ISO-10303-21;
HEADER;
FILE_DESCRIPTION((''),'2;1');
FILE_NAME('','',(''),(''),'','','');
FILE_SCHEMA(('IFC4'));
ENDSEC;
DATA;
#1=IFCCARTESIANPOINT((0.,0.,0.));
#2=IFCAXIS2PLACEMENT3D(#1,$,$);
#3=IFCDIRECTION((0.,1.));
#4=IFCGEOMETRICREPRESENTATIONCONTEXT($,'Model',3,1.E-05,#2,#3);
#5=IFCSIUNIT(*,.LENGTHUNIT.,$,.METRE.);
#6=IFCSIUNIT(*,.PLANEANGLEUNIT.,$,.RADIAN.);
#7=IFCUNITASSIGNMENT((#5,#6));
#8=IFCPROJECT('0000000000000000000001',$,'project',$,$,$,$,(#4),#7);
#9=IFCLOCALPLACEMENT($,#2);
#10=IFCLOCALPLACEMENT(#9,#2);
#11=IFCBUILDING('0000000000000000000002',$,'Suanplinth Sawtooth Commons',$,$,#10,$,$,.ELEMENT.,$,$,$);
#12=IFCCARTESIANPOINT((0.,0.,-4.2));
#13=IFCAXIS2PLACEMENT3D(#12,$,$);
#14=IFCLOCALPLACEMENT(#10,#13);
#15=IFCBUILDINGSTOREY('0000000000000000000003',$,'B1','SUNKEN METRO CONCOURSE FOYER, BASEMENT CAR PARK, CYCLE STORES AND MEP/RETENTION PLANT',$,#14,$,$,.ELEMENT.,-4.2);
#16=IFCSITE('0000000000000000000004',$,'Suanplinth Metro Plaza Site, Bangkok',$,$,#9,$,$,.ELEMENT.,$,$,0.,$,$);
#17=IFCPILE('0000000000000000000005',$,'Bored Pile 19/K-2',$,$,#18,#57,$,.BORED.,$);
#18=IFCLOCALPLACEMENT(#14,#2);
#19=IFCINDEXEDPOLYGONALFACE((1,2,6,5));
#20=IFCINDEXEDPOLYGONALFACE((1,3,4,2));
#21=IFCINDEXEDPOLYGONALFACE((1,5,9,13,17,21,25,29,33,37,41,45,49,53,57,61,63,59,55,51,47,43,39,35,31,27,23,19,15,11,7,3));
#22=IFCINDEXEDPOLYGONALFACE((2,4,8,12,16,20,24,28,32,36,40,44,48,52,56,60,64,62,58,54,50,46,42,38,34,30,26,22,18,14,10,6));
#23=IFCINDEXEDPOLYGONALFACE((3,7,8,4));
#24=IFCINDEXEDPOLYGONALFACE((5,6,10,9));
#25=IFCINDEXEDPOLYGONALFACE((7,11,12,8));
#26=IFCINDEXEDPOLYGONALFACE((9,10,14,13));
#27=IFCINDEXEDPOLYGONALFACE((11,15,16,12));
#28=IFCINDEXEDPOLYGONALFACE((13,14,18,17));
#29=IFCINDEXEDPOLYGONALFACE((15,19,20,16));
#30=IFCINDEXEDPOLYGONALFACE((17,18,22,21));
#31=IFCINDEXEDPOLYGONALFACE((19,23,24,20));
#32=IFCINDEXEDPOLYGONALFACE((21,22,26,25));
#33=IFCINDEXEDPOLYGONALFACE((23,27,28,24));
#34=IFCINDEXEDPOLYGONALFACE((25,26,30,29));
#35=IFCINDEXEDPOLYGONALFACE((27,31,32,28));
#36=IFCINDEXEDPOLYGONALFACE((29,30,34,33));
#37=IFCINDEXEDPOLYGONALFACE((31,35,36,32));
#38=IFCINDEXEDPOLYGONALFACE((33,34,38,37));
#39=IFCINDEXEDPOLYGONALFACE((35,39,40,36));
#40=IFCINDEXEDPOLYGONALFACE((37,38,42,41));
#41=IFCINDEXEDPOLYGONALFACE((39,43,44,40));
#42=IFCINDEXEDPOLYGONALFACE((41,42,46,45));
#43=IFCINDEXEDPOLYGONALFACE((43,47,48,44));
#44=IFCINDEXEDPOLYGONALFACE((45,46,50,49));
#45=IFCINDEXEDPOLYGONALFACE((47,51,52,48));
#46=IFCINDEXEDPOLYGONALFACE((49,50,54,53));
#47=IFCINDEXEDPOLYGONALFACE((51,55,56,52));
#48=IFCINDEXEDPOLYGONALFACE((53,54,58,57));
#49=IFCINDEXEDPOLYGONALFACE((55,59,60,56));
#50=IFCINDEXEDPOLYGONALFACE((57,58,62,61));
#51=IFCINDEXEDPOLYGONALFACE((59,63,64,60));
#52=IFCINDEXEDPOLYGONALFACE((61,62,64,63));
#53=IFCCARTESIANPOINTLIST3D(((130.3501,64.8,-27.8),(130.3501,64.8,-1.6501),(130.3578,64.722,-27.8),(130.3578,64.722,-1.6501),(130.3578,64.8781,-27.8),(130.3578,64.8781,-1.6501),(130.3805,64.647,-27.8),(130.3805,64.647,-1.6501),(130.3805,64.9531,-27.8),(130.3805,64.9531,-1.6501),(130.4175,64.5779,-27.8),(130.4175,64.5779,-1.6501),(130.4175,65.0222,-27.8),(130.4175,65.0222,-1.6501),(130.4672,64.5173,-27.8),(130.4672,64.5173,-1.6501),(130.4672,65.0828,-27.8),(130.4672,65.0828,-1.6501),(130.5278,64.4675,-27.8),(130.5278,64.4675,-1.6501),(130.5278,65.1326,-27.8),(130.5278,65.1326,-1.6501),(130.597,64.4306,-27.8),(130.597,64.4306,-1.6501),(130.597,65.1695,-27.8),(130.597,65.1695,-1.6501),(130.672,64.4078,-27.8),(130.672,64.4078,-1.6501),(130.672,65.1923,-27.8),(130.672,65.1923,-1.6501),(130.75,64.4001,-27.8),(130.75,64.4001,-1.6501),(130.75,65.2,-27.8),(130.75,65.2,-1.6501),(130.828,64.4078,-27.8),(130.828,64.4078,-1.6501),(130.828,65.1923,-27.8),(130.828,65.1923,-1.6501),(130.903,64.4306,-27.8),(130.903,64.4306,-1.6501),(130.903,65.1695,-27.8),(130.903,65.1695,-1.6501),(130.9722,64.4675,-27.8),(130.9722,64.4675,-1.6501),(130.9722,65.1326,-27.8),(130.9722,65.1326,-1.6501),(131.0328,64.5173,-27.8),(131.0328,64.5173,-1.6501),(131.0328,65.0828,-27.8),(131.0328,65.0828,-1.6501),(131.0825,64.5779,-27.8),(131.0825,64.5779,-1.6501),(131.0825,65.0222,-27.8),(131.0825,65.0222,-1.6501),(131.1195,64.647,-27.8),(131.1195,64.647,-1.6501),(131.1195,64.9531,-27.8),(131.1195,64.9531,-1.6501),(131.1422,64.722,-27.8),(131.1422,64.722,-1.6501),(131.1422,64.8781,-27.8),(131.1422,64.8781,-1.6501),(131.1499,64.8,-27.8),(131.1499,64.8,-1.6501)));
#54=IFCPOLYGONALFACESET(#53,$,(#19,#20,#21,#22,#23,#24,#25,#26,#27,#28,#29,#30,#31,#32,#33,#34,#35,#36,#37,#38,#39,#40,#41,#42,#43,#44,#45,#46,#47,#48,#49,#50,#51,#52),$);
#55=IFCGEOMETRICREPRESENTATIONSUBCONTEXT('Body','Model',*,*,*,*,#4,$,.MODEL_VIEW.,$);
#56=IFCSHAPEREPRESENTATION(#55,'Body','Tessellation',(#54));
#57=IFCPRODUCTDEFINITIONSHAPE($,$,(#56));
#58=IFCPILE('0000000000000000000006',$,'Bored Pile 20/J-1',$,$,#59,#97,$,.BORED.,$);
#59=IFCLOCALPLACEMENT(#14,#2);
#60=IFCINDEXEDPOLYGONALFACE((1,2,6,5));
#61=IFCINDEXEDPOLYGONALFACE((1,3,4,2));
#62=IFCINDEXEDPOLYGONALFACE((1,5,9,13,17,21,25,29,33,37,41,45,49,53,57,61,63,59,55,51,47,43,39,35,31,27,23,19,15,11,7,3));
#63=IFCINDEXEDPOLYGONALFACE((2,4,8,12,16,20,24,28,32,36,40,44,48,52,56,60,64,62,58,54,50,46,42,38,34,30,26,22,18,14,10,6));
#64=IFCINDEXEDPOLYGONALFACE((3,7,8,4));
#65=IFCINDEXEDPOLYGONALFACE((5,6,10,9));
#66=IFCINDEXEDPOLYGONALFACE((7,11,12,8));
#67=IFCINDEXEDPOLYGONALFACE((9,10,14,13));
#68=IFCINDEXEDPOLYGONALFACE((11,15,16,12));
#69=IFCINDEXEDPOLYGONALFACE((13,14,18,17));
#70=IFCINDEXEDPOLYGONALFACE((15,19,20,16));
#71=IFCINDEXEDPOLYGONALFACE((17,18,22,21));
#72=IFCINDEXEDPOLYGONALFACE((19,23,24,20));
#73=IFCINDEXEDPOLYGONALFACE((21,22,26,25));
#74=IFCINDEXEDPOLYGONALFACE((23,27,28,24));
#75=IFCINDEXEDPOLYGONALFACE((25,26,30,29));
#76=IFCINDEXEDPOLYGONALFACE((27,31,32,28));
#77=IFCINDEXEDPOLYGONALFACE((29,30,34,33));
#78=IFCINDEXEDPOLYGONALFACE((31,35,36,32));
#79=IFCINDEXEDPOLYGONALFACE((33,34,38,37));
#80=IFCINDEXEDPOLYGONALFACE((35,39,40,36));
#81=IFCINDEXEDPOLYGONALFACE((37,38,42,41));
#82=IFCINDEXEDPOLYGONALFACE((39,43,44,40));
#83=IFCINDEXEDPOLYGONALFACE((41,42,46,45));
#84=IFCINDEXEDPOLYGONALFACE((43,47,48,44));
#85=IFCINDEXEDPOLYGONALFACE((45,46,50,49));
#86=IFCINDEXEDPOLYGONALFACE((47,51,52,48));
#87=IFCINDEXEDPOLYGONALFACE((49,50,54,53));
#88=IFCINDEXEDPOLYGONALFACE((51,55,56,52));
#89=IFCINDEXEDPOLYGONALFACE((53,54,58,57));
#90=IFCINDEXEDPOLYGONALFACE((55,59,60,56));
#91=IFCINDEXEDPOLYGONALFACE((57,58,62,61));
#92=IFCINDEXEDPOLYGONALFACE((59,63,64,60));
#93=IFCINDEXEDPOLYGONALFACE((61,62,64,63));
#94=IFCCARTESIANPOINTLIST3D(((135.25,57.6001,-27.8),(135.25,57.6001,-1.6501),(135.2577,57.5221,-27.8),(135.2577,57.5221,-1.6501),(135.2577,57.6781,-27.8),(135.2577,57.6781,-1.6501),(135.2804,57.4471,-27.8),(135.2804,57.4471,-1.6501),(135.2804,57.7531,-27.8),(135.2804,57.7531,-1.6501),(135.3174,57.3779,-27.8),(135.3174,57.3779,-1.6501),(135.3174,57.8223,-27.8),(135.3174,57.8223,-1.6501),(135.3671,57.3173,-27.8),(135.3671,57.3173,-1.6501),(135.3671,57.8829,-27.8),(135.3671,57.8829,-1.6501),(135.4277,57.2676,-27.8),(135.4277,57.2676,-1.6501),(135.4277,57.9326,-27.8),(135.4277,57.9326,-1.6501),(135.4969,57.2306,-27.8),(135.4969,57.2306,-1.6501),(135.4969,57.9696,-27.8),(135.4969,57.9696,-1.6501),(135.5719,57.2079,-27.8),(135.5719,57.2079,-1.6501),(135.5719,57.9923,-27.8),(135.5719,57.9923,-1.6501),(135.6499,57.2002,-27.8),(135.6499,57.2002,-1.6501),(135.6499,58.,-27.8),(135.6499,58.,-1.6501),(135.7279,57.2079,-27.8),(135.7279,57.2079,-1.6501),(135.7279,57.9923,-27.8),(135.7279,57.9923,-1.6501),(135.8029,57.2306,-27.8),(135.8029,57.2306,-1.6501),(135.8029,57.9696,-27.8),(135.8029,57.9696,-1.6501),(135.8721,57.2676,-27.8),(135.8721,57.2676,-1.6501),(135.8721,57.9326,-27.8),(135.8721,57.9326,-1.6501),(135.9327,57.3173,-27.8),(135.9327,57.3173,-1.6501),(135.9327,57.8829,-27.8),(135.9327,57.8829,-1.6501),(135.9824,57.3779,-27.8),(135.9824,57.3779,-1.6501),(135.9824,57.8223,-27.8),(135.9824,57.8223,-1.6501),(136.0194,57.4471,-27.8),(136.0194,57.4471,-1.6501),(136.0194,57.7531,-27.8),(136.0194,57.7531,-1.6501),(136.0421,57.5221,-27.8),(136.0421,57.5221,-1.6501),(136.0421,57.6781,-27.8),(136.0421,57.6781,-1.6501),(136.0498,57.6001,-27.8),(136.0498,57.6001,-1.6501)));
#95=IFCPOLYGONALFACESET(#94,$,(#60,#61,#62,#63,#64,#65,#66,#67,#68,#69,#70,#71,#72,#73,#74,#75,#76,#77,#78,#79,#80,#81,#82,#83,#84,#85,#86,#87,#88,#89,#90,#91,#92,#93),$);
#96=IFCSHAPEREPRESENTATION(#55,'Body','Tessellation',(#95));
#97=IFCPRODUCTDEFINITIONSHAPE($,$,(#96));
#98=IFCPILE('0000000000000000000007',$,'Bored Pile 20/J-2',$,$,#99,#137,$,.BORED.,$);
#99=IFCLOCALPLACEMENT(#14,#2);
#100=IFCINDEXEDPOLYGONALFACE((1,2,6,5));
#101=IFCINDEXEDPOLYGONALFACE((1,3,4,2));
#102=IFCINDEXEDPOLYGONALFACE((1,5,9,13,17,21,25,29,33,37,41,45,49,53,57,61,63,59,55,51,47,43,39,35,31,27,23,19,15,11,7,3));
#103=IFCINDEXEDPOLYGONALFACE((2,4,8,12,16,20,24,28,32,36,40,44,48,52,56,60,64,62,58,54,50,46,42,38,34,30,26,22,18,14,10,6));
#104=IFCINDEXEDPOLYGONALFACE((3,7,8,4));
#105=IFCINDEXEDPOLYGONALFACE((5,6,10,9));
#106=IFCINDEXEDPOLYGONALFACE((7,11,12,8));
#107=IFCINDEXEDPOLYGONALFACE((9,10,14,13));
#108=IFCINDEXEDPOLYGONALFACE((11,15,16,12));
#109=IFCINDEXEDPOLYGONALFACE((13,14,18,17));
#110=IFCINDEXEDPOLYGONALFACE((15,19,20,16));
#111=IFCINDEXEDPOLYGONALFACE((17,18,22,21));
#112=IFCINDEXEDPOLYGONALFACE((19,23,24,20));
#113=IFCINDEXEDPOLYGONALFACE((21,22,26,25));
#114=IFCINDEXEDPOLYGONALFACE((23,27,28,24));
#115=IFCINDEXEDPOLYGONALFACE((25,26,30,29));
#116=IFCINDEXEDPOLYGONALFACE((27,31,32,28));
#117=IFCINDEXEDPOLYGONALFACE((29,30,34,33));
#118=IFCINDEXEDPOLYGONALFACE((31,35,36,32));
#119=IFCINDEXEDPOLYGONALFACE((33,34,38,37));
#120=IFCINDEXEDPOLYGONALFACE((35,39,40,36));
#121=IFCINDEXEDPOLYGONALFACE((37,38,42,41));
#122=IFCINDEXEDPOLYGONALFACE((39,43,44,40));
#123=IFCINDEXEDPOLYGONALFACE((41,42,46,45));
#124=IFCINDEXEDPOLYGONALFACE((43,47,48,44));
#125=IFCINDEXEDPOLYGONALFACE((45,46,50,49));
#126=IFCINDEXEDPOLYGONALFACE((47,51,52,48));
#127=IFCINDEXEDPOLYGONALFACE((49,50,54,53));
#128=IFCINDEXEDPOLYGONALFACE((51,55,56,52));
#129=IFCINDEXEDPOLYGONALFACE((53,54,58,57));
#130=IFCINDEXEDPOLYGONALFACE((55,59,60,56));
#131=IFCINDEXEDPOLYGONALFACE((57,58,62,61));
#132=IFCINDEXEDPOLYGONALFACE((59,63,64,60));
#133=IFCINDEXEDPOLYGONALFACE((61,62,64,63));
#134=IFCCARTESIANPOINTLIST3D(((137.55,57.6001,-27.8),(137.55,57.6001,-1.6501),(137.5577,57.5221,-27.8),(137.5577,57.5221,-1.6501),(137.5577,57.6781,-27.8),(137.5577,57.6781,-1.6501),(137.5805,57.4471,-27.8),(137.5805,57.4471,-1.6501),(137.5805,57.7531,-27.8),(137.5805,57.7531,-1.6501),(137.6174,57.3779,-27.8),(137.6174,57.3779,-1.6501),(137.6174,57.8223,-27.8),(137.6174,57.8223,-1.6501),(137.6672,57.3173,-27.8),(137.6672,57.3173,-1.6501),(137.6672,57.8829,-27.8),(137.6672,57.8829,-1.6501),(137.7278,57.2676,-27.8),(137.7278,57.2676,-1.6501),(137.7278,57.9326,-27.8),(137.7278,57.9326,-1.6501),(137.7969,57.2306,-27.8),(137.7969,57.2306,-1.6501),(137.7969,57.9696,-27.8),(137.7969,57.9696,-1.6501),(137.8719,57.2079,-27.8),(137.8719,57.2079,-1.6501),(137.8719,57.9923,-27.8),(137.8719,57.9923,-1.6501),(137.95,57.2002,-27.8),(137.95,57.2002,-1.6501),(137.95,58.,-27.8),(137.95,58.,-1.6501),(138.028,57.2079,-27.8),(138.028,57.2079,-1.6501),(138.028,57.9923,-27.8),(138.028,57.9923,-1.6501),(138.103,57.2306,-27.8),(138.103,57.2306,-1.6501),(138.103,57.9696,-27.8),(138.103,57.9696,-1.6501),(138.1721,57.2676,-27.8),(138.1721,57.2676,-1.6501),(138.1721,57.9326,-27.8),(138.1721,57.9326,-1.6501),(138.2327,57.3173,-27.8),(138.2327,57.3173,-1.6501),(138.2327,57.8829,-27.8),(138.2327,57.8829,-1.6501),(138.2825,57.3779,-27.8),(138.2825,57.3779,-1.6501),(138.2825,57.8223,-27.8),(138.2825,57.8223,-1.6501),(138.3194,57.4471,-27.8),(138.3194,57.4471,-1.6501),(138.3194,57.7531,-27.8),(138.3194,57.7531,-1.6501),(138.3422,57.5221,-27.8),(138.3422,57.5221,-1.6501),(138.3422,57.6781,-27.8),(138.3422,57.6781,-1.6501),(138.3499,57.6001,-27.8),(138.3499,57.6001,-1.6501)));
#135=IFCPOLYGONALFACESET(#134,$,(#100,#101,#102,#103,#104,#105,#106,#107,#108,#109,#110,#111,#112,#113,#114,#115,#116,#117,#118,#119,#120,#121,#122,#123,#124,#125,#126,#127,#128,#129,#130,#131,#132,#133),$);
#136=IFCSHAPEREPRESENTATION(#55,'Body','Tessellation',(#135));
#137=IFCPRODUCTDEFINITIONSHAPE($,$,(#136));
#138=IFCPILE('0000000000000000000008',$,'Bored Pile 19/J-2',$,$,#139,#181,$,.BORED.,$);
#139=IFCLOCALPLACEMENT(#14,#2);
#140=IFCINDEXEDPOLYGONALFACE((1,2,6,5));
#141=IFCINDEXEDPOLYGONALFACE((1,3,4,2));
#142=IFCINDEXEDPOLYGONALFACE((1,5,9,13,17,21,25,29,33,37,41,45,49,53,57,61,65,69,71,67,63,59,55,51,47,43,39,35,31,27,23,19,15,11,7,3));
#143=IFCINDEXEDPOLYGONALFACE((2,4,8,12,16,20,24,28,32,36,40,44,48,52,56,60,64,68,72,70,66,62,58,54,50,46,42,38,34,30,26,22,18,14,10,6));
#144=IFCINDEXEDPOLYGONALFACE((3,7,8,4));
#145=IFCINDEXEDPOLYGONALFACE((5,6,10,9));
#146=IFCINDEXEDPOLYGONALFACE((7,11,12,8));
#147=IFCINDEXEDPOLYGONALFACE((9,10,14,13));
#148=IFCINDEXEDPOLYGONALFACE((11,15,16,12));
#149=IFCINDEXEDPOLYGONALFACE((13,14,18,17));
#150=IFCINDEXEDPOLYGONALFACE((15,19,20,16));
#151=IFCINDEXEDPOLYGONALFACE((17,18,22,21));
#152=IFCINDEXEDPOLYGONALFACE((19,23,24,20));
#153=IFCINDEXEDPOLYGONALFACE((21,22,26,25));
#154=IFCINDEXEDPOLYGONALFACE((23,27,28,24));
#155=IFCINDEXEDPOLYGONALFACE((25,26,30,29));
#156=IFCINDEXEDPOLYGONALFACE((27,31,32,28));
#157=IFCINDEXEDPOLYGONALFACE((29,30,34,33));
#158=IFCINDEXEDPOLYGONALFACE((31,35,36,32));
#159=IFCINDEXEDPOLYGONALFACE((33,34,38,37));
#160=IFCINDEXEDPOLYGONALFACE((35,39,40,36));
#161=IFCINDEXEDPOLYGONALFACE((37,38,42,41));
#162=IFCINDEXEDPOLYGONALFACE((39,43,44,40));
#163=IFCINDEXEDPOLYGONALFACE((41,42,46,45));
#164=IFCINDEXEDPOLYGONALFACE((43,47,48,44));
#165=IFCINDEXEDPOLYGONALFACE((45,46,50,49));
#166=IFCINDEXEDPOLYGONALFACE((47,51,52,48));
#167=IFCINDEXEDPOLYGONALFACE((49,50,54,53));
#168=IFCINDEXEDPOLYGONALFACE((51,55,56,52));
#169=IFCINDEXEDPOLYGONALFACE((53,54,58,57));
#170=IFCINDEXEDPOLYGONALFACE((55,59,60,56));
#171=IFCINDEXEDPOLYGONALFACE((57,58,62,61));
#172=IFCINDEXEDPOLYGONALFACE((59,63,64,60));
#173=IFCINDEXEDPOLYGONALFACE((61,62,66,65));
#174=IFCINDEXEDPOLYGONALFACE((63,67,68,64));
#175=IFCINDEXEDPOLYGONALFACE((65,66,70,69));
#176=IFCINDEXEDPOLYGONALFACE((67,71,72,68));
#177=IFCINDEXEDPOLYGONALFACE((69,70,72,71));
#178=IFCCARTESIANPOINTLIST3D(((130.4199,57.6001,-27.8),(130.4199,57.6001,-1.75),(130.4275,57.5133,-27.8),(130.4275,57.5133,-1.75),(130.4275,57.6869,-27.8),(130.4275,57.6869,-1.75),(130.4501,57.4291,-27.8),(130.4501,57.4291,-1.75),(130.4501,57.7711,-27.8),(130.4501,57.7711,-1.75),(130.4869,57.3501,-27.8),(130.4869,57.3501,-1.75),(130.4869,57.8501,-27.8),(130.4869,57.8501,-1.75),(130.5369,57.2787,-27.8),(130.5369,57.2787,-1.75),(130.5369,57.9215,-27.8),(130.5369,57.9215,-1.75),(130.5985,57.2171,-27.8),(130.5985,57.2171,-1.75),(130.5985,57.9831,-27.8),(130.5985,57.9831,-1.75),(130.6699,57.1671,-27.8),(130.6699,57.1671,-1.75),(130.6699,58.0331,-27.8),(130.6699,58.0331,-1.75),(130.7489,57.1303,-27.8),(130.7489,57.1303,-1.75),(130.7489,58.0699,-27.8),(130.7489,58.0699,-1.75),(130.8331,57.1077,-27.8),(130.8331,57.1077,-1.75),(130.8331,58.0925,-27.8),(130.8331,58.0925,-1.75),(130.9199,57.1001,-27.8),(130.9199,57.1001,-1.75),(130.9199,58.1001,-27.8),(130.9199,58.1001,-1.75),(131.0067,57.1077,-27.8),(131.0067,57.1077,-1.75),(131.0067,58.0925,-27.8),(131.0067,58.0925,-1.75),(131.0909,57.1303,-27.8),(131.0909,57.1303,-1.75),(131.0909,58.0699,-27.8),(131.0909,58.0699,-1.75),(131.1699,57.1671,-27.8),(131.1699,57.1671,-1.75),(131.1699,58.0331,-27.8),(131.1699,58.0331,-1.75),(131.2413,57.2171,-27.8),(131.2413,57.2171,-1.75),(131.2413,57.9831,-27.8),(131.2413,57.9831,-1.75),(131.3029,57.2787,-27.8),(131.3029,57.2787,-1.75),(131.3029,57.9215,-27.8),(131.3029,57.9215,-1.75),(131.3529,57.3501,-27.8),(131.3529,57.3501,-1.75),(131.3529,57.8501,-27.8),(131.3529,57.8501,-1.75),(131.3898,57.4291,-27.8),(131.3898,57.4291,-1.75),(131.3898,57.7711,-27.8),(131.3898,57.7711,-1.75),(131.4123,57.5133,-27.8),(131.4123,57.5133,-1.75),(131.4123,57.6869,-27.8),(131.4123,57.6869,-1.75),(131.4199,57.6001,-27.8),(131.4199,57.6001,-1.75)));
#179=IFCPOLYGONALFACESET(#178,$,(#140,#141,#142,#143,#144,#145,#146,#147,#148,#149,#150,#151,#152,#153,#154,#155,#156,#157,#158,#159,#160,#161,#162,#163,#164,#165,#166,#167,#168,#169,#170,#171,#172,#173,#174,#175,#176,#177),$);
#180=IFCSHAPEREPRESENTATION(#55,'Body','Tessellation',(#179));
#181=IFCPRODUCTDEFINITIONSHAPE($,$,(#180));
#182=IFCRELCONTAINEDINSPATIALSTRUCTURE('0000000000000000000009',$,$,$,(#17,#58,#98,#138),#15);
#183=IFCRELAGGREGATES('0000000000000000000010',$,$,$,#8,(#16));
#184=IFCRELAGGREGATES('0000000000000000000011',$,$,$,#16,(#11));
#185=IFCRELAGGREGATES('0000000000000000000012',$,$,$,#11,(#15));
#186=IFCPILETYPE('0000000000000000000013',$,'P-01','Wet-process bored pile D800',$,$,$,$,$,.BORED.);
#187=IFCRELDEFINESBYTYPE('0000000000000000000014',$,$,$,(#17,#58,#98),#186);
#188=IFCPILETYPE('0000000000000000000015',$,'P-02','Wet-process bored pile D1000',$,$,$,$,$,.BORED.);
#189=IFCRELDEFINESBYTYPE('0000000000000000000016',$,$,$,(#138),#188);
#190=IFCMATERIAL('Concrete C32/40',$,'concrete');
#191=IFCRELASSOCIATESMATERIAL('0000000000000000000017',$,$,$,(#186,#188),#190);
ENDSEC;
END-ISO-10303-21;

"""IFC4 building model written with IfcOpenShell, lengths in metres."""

from ifc_helpers import new_model, si_unit, direction, frame, origin, origin_2d, place, context, subcontext, project, spatial, circle, extrude, material, material_profile, profile_set, type_object, element, save


model = new_model("IFC4")

# Units and contexts
model_context = context("Model", 3, precision=1e-05, world=origin(), true_north=direction((0.0, 1.0)))
body_context = subcontext(model_context, "Body", "Model", "MODEL_VIEW")
ifc_project = project(units=[si_unit("LENGTHUNIT", "METRE"), si_unit("PLANEANGLEUNIT", "RADIAN")], contexts=[model_context])

# Site, building, storey
site_placement = place(None, origin())
site = spatial("IfcSite", under=ifc_project, at=site_placement, Name="Suanplinth Metro Plaza Site, Bangkok", CompositionType="ELEMENT", RefElevation=0.0)
building_placement = place(site_placement, origin())
building = spatial("IfcBuilding", under=site, at=building_placement, Name="Suanplinth Sawtooth Commons", CompositionType="ELEMENT")
storey_placement = place(building_placement, frame((0.0, 0.0, -4.2)))
storey = spatial("IfcBuildingStorey", under=building, at=storey_placement, Name="B1", Description="SUNKEN METRO CONCOURSE FOYER, BASEMENT CAR PARK, CYCLE STORES AND MEP/RETENTION PLANT", CompositionType="ELEMENT", Elevation=-4.2)

# Piles
ifc_material_1 = material(Name="Concrete C32/40", Category="concrete")
ifc_material_profile_1 = material_profile(ifc_material_1, circle(Radius=0.3999, at=origin_2d()), Name="PILE D800")
ifc_profile_set_1 = profile_set([ifc_material_profile_1], Name="Concrete C32/40")
pile_type_1 = type_object("IfcPileType", Name="P-01", Description="Wet-process bored pile D800", PredefinedType="BORED", material=ifc_profile_set_1)
for number, where, z_axis, x_axis, name in (
    (1, (130.75, 64.8, -1.6501), (0.0, 0.0, -1.0), (1.0, 0.0, 0.0), "Bored Pile 19/K-2"),
    (2, (135.6499, 57.6001, -1.6501), (0.0, 0.0, -1.0), (1.0, 0.0, 0.0), "Bored Pile 20/J-1"),
    (3, (137.95, 57.6001, -1.6501), (0.0, 0.0, -1.0), (1.0, 0.0, 0.0), "Bored Pile 20/J-2"),
):
    element("IfcPile", number, at=place(storey_placement, frame(where, z_axis=z_axis, x_axis=x_axis)), inside=storey, type_object=pile_type_1, Name=name, PredefinedType="BORED", context=body_context, shape_type="SweptSolid", body=[
        extrude(circle(Radius=0.3999, at=origin_2d()), origin(), (0.0, 0.0, 1.0), 26.1499),
    ])
ifc_material_profile_2 = material_profile(ifc_material_1, circle(Radius=0.5, at=origin_2d()), Name="PILE D1000")
ifc_profile_set_2 = profile_set([ifc_material_profile_2], Name="Concrete C32/40")
pile_type_2 = type_object("IfcPileType", Name="P-02", Description="Wet-process bored pile D1000", PredefinedType="BORED", material=ifc_profile_set_2)
pile_placement = place(storey_placement, frame((130.9199, 57.6001, -1.75), z_axis=(0.0, 0.0, -1.0), x_axis=(1.0, 0.0, 0.0)))
element("IfcPile", 4, at=pile_placement, inside=storey, type_object=pile_type_2, Name="Bored Pile 19/J-2", PredefinedType="BORED", context=body_context, shape_type="SweptSolid", body=[
    extrude(circle(Radius=0.5, at=origin_2d()), origin(), (0.0, 0.0, 1.0), 26.05),
])

save(model, "model.ifc")
